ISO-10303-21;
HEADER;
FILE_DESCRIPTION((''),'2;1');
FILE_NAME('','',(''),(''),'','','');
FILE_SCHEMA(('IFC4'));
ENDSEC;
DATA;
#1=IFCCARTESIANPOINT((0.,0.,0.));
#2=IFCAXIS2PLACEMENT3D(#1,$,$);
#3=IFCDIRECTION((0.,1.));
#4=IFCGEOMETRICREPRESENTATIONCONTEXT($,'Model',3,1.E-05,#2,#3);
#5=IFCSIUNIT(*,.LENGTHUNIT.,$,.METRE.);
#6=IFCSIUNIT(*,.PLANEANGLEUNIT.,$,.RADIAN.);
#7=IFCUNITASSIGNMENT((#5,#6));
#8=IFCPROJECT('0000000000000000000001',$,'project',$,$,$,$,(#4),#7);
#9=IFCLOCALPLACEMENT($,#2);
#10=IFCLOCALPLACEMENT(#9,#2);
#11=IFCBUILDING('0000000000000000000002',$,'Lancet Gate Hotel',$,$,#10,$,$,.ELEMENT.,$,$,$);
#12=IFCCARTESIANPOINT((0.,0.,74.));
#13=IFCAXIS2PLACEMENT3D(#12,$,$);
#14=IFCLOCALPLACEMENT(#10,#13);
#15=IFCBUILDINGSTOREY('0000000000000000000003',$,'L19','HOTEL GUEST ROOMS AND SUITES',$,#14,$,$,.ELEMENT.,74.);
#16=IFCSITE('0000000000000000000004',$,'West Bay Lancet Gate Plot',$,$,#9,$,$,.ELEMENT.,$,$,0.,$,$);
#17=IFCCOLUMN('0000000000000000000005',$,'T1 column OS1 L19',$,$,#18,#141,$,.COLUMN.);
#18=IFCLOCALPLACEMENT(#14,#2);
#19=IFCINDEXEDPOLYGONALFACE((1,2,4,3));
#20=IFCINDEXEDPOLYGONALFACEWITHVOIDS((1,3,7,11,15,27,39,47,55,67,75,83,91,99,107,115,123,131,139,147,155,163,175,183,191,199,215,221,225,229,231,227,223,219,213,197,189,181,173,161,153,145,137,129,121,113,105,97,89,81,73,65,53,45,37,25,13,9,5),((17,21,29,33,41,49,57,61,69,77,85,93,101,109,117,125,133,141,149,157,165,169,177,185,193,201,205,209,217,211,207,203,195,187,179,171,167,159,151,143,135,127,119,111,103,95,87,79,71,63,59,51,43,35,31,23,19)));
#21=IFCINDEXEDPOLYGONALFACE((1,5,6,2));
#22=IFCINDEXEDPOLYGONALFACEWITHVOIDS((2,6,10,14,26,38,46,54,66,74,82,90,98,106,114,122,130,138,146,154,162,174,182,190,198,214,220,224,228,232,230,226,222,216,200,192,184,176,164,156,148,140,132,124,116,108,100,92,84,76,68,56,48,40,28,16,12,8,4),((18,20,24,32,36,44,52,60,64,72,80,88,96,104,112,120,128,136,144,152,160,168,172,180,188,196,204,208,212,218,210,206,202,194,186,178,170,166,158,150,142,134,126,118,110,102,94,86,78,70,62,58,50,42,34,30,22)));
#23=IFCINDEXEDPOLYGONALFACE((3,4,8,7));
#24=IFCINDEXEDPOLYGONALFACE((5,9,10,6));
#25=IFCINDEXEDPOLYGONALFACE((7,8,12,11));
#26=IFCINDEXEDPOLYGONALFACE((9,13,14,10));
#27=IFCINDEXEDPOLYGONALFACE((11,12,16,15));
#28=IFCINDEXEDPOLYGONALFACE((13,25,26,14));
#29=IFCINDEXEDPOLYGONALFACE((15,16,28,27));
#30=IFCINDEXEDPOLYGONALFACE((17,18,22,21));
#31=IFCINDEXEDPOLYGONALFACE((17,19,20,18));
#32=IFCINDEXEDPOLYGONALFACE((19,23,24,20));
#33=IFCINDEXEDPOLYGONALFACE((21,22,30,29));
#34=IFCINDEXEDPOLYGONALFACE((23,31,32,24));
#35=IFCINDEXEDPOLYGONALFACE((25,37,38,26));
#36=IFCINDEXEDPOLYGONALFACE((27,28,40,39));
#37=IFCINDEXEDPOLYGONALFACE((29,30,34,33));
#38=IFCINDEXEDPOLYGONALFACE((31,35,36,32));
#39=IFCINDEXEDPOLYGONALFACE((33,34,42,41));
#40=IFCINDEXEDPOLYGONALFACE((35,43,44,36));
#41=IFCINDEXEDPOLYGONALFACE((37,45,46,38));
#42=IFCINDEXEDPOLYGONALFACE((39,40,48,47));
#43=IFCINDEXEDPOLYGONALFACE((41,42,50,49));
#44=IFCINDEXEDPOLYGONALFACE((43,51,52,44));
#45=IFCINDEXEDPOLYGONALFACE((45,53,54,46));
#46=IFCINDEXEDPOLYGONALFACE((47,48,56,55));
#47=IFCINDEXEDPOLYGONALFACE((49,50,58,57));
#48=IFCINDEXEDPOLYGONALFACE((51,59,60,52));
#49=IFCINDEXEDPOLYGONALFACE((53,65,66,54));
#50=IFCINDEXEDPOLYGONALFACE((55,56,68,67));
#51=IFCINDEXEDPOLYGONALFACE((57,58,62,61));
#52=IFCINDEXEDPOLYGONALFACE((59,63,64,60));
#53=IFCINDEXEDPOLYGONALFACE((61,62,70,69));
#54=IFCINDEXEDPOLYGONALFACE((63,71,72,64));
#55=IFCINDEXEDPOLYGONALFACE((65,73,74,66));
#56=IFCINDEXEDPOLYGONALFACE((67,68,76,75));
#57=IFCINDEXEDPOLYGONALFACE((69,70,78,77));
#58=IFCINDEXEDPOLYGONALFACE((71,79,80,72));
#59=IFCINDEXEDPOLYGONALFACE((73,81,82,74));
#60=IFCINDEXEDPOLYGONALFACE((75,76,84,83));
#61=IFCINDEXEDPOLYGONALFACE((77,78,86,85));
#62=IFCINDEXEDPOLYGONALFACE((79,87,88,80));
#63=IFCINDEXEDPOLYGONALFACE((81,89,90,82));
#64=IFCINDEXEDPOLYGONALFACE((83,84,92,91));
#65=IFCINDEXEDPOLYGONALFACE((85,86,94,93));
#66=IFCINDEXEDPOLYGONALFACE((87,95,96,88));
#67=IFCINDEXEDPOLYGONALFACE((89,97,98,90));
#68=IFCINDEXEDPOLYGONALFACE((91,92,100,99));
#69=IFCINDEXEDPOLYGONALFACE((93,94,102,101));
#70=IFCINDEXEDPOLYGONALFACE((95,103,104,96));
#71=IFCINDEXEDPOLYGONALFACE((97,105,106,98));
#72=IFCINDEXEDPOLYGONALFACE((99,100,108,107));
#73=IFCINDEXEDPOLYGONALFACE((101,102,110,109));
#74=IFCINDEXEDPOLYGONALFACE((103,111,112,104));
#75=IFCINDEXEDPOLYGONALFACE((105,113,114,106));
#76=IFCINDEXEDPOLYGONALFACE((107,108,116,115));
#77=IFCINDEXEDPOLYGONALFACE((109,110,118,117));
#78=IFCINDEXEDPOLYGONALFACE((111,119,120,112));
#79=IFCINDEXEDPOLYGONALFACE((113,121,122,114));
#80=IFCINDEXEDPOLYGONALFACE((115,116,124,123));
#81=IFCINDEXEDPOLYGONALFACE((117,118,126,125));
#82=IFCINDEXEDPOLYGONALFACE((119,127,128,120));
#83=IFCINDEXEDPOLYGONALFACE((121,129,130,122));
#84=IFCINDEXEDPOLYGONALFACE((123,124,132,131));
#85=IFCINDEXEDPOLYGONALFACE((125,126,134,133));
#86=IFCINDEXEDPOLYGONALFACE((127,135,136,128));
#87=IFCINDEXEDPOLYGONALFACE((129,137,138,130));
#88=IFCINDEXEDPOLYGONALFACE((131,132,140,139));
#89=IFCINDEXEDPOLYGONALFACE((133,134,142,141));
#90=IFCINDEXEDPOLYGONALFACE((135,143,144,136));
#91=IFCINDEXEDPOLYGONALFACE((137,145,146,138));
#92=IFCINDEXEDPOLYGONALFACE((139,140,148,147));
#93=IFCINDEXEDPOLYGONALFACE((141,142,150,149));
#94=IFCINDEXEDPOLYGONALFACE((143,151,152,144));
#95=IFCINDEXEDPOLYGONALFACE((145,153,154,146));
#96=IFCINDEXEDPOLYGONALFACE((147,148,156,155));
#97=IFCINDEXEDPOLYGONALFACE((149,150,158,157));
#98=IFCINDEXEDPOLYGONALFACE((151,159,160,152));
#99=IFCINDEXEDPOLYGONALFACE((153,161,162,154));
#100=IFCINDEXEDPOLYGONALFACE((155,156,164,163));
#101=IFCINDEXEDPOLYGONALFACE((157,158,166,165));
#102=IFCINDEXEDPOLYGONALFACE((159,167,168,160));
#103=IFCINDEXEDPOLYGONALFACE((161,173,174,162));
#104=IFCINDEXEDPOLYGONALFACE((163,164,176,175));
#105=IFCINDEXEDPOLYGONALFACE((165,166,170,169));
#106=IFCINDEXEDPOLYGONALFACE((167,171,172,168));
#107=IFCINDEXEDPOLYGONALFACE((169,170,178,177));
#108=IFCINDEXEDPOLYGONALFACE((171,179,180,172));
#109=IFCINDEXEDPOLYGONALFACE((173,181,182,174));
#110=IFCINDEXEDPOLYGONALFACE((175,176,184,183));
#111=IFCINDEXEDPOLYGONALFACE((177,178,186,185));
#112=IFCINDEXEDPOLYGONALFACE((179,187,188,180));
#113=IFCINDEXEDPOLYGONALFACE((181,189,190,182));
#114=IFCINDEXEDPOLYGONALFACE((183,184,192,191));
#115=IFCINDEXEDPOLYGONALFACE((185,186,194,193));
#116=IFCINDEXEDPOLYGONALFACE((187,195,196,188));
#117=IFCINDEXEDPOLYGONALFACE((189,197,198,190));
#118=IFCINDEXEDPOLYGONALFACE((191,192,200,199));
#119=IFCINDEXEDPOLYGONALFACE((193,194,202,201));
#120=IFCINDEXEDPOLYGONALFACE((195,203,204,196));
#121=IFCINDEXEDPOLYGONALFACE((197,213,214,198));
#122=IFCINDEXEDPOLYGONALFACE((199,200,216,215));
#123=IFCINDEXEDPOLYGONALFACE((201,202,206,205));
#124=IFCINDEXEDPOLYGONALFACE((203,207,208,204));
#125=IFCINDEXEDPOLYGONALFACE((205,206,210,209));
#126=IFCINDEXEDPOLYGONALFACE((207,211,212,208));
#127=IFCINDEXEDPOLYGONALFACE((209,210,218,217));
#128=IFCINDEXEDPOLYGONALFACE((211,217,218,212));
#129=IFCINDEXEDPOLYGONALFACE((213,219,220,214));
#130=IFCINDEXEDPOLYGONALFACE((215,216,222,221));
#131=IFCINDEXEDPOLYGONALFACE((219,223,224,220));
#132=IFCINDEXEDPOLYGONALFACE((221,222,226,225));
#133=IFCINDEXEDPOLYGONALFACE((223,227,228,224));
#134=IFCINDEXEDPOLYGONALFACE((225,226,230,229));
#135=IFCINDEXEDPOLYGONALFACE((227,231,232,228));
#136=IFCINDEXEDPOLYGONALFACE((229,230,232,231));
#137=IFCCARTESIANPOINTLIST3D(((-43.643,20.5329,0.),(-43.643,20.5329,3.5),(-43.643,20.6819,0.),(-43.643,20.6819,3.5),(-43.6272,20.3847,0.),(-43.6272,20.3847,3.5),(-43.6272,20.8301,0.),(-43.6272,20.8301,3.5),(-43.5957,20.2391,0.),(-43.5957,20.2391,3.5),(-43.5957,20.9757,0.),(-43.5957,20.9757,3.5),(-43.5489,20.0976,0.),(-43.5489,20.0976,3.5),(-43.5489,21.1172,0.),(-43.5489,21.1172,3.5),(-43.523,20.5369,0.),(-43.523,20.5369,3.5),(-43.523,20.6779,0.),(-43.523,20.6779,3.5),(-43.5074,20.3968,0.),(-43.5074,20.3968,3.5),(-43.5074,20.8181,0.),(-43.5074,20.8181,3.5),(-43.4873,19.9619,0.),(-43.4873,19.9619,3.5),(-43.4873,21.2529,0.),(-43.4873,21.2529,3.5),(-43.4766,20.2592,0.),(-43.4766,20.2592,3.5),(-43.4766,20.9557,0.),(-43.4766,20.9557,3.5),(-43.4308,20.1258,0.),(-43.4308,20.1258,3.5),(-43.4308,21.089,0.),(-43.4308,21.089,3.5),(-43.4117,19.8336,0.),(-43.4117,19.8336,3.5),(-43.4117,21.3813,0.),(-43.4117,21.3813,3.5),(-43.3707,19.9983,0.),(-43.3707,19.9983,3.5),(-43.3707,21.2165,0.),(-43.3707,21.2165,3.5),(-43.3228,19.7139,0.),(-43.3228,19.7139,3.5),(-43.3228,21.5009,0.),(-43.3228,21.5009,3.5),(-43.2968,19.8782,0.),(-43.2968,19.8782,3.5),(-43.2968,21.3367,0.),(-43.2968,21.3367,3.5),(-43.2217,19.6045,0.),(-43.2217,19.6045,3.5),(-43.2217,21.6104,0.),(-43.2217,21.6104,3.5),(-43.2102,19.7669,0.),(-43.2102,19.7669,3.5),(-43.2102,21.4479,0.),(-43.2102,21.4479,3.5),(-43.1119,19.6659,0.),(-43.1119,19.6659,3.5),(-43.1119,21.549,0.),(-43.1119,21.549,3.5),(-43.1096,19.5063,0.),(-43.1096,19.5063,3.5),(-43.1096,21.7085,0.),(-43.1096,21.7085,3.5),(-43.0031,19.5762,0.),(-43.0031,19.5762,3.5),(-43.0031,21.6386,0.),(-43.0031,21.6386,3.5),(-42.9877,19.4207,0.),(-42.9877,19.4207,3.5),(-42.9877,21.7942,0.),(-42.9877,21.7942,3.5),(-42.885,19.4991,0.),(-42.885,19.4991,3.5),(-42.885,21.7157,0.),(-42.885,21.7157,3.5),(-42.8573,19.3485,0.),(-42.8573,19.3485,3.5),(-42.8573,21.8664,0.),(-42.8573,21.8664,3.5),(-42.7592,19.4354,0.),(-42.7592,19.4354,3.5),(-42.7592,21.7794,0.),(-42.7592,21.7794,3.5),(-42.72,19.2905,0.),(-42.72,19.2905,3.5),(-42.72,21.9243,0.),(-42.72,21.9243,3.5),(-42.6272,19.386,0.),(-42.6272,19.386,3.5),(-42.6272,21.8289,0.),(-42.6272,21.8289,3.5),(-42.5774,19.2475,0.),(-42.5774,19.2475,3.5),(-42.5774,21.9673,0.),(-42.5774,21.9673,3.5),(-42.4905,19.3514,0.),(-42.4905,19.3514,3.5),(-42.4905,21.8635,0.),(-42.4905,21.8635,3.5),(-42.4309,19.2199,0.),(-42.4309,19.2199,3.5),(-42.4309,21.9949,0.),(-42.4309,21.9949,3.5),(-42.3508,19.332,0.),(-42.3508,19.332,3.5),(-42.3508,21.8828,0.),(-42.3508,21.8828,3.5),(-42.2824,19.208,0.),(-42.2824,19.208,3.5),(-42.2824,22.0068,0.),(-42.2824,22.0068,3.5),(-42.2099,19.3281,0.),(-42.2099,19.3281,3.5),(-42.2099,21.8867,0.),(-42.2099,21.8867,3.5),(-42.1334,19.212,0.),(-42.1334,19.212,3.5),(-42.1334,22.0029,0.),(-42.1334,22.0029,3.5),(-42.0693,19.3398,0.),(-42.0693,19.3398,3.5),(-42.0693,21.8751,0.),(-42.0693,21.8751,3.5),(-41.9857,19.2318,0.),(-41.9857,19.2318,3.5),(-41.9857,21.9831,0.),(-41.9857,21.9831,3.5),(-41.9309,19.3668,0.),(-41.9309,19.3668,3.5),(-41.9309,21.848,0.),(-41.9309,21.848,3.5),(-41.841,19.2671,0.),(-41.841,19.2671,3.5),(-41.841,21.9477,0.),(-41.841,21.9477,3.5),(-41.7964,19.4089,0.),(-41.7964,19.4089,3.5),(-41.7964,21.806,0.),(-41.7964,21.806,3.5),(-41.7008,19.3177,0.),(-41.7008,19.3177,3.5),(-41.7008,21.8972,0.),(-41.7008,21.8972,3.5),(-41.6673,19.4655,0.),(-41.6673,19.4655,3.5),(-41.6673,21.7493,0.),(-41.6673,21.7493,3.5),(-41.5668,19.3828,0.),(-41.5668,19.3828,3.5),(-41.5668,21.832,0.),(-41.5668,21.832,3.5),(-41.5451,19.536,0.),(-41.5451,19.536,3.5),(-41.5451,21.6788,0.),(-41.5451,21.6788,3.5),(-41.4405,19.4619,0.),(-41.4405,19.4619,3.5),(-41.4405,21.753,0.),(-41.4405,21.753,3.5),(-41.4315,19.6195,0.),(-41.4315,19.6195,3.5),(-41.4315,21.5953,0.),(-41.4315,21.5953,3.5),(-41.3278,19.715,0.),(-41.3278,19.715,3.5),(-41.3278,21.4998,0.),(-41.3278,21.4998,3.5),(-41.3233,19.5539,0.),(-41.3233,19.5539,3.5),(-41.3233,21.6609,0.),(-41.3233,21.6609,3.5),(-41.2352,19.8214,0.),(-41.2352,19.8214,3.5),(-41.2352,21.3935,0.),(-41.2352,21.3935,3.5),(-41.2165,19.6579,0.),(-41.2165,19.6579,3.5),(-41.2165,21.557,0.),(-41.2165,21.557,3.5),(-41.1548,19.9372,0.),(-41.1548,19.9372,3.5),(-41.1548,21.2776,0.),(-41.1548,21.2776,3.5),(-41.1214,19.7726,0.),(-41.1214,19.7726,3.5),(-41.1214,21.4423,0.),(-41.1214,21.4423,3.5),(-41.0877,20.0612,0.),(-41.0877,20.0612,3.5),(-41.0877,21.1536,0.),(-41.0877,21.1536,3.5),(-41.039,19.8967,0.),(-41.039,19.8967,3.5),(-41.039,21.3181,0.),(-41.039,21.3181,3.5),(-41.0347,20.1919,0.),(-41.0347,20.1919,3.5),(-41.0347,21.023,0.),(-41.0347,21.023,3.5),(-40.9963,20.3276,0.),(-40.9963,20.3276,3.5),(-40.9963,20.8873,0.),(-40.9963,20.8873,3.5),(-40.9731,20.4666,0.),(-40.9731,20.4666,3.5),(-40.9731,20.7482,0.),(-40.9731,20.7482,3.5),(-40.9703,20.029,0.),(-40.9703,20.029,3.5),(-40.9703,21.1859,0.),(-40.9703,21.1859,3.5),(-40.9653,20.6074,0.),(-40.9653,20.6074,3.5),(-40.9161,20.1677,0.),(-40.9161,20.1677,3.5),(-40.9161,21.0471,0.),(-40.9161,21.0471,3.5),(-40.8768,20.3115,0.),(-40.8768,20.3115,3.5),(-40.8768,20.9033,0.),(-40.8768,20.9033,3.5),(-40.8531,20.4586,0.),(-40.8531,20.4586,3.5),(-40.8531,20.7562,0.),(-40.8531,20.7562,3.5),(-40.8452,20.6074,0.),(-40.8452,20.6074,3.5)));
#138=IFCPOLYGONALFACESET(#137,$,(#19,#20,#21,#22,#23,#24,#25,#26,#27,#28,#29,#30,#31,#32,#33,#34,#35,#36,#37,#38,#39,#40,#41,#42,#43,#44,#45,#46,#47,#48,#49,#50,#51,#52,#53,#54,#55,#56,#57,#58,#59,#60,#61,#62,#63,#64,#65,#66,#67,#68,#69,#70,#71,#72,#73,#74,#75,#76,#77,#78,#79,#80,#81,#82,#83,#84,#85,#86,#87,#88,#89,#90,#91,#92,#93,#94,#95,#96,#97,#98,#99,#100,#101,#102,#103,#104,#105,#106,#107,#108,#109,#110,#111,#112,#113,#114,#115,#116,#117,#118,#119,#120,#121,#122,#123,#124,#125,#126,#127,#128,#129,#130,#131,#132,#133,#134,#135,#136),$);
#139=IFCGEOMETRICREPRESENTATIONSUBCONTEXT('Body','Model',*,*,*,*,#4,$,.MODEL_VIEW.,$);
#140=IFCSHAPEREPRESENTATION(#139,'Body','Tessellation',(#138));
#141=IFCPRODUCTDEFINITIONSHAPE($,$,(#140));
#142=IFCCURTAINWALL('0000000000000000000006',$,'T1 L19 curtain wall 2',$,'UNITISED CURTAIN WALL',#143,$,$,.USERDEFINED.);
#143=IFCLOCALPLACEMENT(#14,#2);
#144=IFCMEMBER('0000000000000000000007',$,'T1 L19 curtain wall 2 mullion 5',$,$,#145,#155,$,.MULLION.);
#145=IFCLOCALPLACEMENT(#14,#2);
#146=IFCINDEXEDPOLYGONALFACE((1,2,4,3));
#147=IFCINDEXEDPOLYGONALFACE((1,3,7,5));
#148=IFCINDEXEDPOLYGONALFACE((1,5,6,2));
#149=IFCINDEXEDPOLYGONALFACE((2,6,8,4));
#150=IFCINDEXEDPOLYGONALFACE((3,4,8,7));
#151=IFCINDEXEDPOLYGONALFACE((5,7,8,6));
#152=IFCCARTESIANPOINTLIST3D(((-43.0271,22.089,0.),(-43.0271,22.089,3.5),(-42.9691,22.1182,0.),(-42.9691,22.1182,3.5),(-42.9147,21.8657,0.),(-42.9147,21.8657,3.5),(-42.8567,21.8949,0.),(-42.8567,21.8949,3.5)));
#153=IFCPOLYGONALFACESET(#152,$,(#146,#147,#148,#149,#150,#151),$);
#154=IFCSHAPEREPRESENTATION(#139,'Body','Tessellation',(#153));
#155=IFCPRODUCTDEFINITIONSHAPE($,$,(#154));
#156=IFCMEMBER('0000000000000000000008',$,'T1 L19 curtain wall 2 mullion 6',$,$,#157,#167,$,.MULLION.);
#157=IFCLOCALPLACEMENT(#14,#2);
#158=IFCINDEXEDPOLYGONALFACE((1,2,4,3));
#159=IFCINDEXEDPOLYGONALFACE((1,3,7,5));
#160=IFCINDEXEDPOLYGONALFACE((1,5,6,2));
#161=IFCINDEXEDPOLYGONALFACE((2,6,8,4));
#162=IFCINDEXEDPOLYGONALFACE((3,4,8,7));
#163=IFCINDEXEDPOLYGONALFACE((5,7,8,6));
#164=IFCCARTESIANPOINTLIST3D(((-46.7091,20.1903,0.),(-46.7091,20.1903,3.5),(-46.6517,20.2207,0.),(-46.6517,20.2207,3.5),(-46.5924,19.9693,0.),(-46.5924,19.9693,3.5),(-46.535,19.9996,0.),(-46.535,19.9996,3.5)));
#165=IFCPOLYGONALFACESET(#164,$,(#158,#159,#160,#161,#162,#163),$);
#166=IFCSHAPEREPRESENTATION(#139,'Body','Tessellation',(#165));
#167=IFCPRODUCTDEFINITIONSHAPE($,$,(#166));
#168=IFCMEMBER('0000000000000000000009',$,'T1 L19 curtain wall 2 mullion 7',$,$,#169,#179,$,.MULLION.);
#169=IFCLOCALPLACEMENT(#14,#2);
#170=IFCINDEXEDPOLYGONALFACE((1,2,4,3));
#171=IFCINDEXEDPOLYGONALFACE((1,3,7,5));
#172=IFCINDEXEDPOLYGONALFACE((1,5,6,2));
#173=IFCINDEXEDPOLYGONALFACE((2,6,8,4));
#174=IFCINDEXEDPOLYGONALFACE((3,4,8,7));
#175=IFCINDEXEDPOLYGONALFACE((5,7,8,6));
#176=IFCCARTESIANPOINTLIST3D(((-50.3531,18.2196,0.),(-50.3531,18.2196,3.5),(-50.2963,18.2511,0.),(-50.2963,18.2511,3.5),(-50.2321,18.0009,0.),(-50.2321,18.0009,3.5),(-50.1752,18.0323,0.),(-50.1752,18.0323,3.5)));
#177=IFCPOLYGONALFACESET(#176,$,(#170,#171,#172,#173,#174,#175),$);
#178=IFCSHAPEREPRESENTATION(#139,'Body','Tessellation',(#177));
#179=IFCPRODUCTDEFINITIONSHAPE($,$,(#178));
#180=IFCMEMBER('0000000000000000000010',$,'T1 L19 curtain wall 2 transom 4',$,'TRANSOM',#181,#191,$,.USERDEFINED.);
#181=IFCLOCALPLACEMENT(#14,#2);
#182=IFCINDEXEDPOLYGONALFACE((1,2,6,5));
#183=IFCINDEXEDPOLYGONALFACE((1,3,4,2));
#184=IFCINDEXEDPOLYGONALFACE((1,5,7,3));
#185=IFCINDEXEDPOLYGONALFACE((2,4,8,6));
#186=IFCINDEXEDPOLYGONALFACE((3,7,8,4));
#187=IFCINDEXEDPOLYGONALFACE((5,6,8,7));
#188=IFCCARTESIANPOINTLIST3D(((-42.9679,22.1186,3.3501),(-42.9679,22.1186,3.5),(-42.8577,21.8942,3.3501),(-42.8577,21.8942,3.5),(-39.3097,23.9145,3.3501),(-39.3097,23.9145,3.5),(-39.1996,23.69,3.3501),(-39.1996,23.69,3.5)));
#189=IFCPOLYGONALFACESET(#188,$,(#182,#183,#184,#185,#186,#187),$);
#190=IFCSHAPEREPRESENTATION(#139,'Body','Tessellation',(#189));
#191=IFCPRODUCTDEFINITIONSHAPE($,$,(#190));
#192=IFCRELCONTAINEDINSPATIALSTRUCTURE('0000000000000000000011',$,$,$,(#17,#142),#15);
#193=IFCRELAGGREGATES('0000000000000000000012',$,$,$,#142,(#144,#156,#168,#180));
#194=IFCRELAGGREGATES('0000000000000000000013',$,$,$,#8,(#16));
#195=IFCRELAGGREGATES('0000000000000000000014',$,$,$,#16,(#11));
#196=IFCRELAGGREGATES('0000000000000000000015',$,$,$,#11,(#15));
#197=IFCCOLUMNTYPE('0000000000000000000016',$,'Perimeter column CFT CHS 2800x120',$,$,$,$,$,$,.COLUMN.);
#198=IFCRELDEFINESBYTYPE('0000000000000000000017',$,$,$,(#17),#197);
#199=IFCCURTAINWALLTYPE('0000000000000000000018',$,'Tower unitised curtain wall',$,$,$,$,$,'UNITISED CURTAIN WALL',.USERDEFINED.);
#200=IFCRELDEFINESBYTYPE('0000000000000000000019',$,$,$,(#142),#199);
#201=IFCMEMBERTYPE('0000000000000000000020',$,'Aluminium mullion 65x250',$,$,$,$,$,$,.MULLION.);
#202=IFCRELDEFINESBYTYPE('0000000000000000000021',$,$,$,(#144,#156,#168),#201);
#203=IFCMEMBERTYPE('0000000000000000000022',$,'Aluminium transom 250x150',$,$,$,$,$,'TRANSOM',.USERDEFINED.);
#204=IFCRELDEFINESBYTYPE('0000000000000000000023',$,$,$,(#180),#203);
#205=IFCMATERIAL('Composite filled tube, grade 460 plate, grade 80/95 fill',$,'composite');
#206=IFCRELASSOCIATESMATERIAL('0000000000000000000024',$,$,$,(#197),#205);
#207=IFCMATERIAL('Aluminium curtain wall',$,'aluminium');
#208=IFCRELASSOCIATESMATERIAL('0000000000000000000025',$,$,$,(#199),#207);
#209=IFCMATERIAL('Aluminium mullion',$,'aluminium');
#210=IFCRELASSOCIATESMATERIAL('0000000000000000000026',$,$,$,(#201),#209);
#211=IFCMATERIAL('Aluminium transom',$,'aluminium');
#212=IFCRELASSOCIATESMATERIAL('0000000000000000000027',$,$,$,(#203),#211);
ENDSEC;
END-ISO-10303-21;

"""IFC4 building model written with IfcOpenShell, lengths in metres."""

from ifc_helpers import new_model, si_unit, direction, frame, origin, origin_2d, place, context, subcontext, project, spatial, rectangle, hollow_circle, extrude, material, material_profile, profile_set, type_object, element, aggregate, save


model = new_model("IFC4")

# Units and contexts
model_context = context("Model", 3, precision=1e-05, world=origin(), true_north=direction((0.0, 1.0)))
body_context = subcontext(model_context, "Body", "Model", "MODEL_VIEW")
ifc_project = project(units=[si_unit("LENGTHUNIT", "METRE"), si_unit("PLANEANGLEUNIT", "RADIAN")], contexts=[model_context])

# Site, building, storey
site_placement = place(None, origin())
site = spatial("IfcSite", under=ifc_project, at=site_placement, Name="West Bay Lancet Gate Plot", CompositionType="ELEMENT", RefElevation=0.0)
building_placement = place(site_placement, origin())
building = spatial("IfcBuilding", under=site, at=building_placement, Name="Lancet Gate Hotel", CompositionType="ELEMENT")
storey_placement = place(building_placement, frame((0.0, 0.0, 74.0)))
storey = spatial("IfcBuildingStorey", under=building, at=storey_placement, Name="L19", Description="HOTEL GUEST ROOMS AND SUITES", CompositionType="ELEMENT", Elevation=74.0)

# Column
ifc_material_1 = material(Name="Composite filled tube, grade 460 plate, grade 80/95 fill", Category="composite")
ifc_material_profile_1 = material_profile(ifc_material_1, hollow_circle(Radius=1.3999, WallThickness=0.1201, at=origin_2d()), Name="CHS 2800x120")
ifc_profile_set_1 = profile_set([ifc_material_profile_1], Name="Composite filled tube, grade 460 plate, grade 80/95 fill")
column_type = type_object("IfcColumnType", Name="Perimeter column CFT CHS 2800x120", PredefinedType="COLUMN", material=ifc_profile_set_1)
column_placement = place(storey_placement, frame((-42.2451, 20.6074, 0.0), z_axis=(0.0, 0.0, 1.0), x_axis=(1.0, 0.0, 0.0)))
element("IfcColumn", 1, at=column_placement, inside=storey, type_object=column_type, Name="T1 column OS1 L19", PredefinedType="COLUMN", context=body_context, shape_type="SweptSolid", body=[
    extrude(hollow_circle(Radius=1.3999, WallThickness=0.1201, at=origin_2d()), origin(), (0.0, 0.0, 1.0), 3.5),
])

# Curtain wall, members
ifc_material_2 = material(Name="Aluminium curtain wall", Category="aluminium")
curtain_wall_type = type_object("IfcCurtainWallType", Name="Tower unitised curtain wall", ElementType="UNITISED CURTAIN WALL", PredefinedType="USERDEFINED", material=ifc_material_2)
curtain_wall_placement = place(storey_placement, origin())
curtain_wall = element("IfcCurtainWall", 2, at=curtain_wall_placement, inside=storey, type_object=curtain_wall_type, Name="T1 L19 curtain wall 2", ObjectType="UNITISED CURTAIN WALL", PredefinedType="USERDEFINED")
ifc_material_3 = material(Name="Aluminium mullion", Category="aluminium")
ifc_material_profile_2 = material_profile(ifc_material_3, rectangle(XDim=0.0649, YDim=0.25, at=origin_2d()), Name="MULLION 65x250")
ifc_profile_set_2 = profile_set([ifc_material_profile_2], Name="Aluminium mullion")
member_type_1 = type_object("IfcMemberType", Name="Aluminium mullion 65x250", PredefinedType="MULLION", material=ifc_profile_set_2)
member_1_placement = place(storey_placement, frame((-42.9419, 21.9919, 0.0), z_axis=(0.0, 0.0, 1.0), x_axis=(-0.893292, -0.449478, 0.0)))
member_1 = element("IfcMember", 3, at=member_1_placement, type_object=member_type_1, Name="T1 L19 curtain wall 2 mullion 5", PredefinedType="MULLION", context=body_context, shape_type="SweptSolid", body=[
    extrude(rectangle(XDim=0.0649, YDim=0.25, at=origin_2d()), origin(), (0.0, 0.0, 1.0), 3.5),
])
member_2_placement = place(storey_placement, frame((-46.6221, 20.095, 0.0), z_axis=(0.0, 0.0, 1.0), x_axis=(-0.884311, -0.466898, 0.0)))
member_2 = element("IfcMember", 4, at=member_2_placement, type_object=member_type_1, Name="T1 L19 curtain wall 2 mullion 6", PredefinedType="MULLION", context=body_context, shape_type="SweptSolid", body=[
    extrude(rectangle(XDim=0.0649, YDim=0.25, at=origin_2d()), origin(), (0.0, 0.0, 1.0), 3.5),
])
member_3_placement = place(storey_placement, frame((-50.2642, 18.126, 0.0), z_axis=(0.0, 0.0, 1.0), x_axis=(-0.874991, -0.484139, 0.0)))
member_3 = element("IfcMember", 5, at=member_3_placement, type_object=member_type_1, Name="T1 L19 curtain wall 2 mullion 7", PredefinedType="MULLION", context=body_context, shape_type="SweptSolid", body=[
    extrude(rectangle(XDim=0.0649, YDim=0.25, at=origin_2d()), origin(), (0.0, 0.0, 1.0), 3.5),
])
ifc_material_4 = material(Name="Aluminium transom", Category="aluminium")
ifc_material_profile_3 = material_profile(ifc_material_4, rectangle(XDim=0.25, YDim=0.1499, at=origin_2d()), Name="TRANSOM 250x150")
ifc_profile_set_3 = profile_set([ifc_material_profile_3], Name="Aluminium transom")
member_type_2 = type_object("IfcMemberType", Name="Aluminium transom 250x150", ElementType="TRANSOM", PredefinedType="USERDEFINED", material=ifc_profile_set_3)
member_4_placement = place(storey_placement, frame((-39.2546, 23.8022, 3.425), z_axis=(-0.897662, -0.440684, 0.0), x_axis=(0.440684, -0.897662, 0.0)))
member_4 = element("IfcMember", 6, at=member_4_placement, type_object=member_type_2, Name="T1 L19 curtain wall 2 transom 4", ObjectType="TRANSOM", PredefinedType="USERDEFINED", context=body_context, shape_type="SweptSolid", body=[
    extrude(rectangle(XDim=0.25, YDim=0.1499, at=origin_2d()), origin(), (0.0, 0.0, 1.0), 4.0752),
])

aggregate(curtain_wall, [member_1, member_2, member_3, member_4])

save(model, "model.ifc")
